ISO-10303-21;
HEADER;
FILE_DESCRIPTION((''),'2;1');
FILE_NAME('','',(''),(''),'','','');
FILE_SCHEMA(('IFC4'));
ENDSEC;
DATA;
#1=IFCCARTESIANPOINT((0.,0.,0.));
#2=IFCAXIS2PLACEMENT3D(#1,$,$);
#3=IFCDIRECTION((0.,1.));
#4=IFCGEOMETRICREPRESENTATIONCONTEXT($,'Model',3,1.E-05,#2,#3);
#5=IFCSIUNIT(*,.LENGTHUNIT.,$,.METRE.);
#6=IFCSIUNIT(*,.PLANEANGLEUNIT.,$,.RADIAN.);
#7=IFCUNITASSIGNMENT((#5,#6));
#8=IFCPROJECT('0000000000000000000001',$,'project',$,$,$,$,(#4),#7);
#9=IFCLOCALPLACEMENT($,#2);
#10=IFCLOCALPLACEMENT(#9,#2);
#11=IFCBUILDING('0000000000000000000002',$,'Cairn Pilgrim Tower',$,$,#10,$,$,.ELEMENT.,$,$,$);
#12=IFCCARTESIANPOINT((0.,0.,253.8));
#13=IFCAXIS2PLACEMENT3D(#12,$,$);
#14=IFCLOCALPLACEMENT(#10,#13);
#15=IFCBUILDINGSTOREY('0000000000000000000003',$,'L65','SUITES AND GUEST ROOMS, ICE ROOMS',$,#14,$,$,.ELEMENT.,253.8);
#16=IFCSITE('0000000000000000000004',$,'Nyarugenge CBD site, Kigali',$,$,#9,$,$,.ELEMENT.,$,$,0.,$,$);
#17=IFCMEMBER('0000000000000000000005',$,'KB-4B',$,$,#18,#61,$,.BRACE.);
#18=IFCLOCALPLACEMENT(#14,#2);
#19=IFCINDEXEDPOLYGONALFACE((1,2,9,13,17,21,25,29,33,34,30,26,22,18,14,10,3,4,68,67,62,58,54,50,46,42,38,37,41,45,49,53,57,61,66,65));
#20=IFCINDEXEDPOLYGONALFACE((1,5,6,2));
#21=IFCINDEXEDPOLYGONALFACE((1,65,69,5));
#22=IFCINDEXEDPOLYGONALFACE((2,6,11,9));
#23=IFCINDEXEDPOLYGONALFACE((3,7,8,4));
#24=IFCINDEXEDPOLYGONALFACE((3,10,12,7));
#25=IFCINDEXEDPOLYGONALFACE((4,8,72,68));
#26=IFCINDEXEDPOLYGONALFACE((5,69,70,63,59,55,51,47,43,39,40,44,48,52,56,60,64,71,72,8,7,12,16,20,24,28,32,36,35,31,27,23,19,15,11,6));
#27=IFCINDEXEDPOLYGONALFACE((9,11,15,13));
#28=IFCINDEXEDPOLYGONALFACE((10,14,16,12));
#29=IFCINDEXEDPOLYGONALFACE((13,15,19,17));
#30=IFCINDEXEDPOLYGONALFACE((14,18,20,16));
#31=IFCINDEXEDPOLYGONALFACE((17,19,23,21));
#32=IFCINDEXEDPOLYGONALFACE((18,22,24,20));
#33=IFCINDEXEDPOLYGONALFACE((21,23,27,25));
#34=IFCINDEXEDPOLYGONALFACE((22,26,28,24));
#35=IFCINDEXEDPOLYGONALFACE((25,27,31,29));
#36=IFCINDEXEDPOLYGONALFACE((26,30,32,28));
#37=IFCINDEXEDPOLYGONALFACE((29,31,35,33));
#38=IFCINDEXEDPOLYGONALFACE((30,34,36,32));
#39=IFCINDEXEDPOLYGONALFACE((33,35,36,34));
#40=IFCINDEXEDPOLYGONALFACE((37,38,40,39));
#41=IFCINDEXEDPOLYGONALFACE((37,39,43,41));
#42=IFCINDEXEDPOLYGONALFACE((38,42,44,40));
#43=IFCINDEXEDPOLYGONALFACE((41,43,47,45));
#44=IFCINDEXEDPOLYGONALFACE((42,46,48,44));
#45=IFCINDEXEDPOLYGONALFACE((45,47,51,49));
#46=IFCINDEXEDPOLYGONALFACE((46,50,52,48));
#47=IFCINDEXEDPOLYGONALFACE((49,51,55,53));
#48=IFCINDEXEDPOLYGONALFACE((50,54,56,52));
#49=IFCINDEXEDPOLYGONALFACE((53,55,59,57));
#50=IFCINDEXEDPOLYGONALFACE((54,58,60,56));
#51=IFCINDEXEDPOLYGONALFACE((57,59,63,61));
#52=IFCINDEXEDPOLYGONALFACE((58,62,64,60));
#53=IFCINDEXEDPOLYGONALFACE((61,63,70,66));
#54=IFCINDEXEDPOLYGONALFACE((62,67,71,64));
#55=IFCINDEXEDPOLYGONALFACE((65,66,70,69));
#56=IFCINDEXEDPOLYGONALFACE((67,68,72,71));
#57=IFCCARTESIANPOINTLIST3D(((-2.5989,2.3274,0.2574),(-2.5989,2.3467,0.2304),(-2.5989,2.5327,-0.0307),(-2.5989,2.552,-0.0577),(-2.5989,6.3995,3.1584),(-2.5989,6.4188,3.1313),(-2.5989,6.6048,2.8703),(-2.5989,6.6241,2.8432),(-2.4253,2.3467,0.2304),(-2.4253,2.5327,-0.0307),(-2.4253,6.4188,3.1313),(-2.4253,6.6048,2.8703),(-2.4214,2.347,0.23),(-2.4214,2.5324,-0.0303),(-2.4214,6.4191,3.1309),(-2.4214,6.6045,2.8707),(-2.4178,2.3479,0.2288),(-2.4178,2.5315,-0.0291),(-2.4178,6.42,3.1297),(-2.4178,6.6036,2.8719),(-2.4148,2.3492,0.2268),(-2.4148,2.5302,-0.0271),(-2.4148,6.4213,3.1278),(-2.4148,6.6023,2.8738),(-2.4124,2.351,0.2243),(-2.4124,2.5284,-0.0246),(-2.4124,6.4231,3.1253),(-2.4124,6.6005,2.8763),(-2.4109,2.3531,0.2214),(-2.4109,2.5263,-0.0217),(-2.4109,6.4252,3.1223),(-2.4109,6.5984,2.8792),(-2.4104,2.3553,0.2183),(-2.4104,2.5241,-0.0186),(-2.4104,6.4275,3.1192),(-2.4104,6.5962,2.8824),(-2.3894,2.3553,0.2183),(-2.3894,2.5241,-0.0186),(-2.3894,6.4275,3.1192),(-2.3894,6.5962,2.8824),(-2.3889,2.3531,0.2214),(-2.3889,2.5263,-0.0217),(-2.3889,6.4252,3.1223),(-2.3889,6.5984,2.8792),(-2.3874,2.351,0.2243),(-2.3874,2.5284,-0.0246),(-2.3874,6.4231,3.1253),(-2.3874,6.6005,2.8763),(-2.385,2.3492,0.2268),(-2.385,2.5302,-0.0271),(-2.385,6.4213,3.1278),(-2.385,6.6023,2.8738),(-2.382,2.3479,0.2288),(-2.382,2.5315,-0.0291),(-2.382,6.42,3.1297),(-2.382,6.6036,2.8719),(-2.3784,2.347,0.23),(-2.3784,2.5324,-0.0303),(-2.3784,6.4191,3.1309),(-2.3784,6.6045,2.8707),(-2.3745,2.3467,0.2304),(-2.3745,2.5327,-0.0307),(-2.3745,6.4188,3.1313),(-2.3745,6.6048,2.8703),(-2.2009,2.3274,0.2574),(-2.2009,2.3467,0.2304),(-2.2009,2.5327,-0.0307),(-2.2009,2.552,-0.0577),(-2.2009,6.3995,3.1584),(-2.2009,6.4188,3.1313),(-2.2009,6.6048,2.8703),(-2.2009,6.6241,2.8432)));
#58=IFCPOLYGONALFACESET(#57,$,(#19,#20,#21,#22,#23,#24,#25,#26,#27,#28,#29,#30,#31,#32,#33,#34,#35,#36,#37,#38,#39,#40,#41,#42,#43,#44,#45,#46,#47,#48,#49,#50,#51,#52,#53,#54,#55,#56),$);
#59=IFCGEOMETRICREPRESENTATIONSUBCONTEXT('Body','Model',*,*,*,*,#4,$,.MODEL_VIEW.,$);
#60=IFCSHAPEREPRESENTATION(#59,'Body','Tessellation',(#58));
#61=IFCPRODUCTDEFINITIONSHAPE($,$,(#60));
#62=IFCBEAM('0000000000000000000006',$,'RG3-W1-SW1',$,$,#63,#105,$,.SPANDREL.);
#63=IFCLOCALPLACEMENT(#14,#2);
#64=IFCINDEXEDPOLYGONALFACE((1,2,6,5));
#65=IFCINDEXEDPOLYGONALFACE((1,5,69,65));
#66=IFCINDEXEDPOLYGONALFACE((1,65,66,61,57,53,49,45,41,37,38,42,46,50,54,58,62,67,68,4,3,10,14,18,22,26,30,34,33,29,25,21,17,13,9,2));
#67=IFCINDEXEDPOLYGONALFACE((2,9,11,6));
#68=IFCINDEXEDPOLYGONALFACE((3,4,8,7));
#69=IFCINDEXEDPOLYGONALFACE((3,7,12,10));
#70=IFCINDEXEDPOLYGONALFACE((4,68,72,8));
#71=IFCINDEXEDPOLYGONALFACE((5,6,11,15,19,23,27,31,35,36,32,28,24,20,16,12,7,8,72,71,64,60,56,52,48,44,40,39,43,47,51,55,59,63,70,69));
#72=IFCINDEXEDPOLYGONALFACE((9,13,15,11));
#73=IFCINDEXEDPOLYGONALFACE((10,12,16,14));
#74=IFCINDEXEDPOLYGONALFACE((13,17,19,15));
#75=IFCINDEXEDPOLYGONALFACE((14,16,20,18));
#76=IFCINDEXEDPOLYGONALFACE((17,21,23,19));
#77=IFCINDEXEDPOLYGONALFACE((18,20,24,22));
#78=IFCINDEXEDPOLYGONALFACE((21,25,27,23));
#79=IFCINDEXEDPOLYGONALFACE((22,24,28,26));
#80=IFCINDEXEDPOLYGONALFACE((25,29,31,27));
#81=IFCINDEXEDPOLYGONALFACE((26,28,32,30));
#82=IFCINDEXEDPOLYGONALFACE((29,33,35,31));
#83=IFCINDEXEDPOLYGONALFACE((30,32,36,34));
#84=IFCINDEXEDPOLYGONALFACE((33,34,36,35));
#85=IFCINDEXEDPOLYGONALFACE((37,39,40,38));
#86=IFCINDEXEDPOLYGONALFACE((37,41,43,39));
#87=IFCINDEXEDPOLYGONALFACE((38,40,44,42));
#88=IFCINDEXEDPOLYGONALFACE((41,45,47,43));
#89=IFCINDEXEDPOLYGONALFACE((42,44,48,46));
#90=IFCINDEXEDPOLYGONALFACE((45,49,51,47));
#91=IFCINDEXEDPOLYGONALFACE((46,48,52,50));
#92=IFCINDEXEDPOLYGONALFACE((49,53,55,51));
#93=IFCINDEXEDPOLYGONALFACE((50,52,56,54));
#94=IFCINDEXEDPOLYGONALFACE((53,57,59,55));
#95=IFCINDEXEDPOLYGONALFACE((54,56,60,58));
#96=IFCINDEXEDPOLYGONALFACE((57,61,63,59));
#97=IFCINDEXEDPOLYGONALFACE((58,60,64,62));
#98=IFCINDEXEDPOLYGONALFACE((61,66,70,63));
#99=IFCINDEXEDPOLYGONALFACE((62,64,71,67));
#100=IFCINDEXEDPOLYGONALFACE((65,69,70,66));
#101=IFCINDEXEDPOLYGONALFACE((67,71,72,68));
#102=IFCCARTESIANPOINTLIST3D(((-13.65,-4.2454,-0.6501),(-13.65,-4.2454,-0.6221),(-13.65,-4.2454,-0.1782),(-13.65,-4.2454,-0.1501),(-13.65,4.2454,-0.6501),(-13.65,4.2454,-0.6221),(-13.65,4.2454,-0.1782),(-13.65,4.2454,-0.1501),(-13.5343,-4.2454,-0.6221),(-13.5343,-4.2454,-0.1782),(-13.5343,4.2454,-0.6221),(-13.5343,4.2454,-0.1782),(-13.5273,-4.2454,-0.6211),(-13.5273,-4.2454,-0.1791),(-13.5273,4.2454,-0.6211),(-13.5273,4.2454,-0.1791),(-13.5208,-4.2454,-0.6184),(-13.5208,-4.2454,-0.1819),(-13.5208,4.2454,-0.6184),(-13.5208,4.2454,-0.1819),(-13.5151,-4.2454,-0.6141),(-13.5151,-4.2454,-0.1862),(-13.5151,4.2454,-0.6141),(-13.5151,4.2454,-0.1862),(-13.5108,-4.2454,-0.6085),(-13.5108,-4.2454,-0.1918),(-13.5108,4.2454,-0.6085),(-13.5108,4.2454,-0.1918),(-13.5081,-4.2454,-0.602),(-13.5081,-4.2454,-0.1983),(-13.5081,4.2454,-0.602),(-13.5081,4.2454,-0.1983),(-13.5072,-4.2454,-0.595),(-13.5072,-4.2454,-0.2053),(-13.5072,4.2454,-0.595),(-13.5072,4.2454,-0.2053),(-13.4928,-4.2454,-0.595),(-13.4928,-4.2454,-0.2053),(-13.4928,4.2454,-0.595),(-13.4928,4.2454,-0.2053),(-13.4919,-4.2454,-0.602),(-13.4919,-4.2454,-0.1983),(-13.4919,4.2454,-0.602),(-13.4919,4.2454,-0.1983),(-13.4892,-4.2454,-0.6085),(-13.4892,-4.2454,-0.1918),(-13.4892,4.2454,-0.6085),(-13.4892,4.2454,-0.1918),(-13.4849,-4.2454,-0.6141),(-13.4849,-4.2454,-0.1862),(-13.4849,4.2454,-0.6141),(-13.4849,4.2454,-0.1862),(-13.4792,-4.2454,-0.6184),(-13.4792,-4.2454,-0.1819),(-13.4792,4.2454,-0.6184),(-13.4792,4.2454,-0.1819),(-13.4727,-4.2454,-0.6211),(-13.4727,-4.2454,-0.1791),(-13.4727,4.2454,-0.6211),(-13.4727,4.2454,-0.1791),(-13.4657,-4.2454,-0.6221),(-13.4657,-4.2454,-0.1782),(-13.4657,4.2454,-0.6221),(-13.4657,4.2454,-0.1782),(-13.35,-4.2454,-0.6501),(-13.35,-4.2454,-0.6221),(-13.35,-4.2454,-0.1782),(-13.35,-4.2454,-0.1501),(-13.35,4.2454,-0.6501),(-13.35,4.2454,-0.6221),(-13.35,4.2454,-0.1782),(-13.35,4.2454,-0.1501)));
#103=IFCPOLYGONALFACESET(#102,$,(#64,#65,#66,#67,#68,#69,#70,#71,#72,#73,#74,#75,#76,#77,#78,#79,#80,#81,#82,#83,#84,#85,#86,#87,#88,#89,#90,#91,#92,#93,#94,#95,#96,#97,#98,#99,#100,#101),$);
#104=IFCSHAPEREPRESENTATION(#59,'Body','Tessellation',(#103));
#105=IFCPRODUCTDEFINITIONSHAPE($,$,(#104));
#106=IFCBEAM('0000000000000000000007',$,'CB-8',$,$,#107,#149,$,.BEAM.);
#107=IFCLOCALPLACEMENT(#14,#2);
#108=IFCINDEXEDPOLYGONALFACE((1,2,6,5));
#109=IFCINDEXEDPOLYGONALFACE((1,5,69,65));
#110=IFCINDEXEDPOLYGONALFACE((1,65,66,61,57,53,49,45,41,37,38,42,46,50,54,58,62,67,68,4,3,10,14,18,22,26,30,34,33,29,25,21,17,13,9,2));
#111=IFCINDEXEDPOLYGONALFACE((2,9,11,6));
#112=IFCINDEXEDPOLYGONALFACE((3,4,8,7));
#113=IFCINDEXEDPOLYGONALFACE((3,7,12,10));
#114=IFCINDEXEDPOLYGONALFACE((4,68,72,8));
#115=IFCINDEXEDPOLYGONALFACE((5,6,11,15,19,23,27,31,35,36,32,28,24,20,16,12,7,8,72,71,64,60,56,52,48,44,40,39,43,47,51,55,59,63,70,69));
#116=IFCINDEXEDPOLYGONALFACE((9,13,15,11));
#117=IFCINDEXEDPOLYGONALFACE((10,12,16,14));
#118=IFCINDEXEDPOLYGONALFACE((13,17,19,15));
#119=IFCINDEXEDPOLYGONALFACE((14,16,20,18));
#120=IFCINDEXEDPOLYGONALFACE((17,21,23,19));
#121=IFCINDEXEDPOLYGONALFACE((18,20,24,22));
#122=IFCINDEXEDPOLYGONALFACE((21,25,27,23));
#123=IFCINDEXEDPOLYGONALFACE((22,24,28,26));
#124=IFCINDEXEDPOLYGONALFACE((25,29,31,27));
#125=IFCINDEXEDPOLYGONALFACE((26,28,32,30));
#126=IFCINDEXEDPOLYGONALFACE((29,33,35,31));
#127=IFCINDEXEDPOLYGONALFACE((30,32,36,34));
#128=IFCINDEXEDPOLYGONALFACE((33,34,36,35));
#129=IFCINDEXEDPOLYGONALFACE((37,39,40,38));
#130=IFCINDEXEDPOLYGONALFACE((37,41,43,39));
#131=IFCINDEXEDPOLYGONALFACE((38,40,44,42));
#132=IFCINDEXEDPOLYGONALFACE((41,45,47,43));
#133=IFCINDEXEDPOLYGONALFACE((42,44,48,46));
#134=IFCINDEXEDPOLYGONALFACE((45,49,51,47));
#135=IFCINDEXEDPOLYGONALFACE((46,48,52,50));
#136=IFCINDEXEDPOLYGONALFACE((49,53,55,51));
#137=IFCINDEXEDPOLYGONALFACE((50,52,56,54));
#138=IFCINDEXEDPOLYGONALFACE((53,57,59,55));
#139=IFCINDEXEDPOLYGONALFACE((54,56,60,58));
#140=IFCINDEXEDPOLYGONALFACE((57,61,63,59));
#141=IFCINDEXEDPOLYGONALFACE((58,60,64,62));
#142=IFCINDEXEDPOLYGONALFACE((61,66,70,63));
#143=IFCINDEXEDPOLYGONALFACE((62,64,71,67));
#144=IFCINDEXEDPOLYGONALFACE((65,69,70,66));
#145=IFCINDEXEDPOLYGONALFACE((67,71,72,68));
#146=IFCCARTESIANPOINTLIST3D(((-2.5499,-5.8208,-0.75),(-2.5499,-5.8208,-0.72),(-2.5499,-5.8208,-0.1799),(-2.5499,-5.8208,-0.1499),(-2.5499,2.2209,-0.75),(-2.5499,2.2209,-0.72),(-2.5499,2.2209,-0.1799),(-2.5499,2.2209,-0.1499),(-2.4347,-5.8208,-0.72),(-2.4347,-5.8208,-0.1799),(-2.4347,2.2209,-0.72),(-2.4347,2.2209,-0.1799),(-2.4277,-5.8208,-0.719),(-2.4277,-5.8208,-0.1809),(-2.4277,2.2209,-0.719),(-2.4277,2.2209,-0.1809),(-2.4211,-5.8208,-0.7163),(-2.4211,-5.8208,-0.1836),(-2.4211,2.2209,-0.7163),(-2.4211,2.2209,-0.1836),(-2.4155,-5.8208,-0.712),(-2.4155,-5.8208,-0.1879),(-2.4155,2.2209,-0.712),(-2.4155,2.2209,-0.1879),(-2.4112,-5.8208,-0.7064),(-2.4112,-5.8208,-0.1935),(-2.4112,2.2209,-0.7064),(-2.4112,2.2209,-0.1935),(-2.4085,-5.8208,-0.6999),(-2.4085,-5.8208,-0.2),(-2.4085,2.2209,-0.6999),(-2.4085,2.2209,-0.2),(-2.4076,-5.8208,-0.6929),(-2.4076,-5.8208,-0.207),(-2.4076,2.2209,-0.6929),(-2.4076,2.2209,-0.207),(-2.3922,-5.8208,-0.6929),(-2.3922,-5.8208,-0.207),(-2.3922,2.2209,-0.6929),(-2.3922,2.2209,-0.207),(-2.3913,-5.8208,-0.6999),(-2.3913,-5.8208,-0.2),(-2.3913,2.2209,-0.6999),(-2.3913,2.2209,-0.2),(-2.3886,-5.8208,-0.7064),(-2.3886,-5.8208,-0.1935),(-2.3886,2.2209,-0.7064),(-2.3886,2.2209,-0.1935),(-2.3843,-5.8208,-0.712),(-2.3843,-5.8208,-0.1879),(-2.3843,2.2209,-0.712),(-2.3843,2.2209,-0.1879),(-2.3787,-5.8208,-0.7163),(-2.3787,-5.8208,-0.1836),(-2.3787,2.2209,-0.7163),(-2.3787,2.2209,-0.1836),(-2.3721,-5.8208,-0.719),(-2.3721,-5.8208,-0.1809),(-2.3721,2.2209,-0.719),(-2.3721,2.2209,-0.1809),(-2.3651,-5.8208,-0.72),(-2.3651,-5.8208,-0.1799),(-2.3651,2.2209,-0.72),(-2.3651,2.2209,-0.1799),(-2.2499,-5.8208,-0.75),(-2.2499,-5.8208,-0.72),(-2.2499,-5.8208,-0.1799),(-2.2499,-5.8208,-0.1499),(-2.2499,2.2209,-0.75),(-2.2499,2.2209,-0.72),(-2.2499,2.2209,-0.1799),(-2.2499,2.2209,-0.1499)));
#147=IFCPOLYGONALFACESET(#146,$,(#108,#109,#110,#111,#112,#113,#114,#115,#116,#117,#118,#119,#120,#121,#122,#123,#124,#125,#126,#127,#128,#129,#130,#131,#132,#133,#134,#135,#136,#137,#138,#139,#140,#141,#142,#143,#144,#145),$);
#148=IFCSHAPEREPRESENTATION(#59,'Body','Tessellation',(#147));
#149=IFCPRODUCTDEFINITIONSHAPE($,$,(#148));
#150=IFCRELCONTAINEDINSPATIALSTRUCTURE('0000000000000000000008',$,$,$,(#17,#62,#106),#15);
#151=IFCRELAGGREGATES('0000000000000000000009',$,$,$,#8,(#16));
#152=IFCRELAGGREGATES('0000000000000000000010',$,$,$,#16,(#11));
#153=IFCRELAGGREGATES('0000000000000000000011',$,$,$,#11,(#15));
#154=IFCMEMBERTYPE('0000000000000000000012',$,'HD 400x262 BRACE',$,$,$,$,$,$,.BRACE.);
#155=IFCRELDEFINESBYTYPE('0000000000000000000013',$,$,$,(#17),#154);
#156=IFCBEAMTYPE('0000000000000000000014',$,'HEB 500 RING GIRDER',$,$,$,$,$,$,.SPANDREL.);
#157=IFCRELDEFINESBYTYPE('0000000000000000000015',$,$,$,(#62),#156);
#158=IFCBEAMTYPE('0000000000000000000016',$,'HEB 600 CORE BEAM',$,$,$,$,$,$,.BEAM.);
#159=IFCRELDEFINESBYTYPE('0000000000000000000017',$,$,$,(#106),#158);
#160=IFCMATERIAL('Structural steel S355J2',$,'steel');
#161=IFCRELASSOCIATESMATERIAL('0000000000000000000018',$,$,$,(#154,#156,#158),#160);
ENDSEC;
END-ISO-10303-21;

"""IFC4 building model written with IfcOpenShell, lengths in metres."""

from ifc_helpers import new_model, si_unit, direction, frame, origin, origin_2d, place, context, subcontext, project, spatial, i_section, extrude, material, material_profile, profile_set, type_object, element, save


model = new_model("IFC4")

# Units and contexts
model_context = context("Model", 3, precision=1e-05, world=origin(), true_north=direction((0.0, 1.0)))
body_context = subcontext(model_context, "Body", "Model", "MODEL_VIEW")
ifc_project = project(units=[si_unit("LENGTHUNIT", "METRE"), si_unit("PLANEANGLEUNIT", "RADIAN")], contexts=[model_context])

# Site, building, storey
site_placement = place(None, origin())
site = spatial("IfcSite", under=ifc_project, at=site_placement, Name="Nyarugenge CBD site, Kigali", CompositionType="ELEMENT", RefElevation=0.0)
building_placement = place(site_placement, origin())
building = spatial("IfcBuilding", under=site, at=building_placement, Name="Cairn Pilgrim Tower", CompositionType="ELEMENT")
storey_placement = place(building_placement, frame((0.0, 0.0, 253.8)))
storey = spatial("IfcBuildingStorey", under=building, at=storey_placement, Name="L65", Description="SUITES AND GUEST ROOMS, ICE ROOMS", CompositionType="ELEMENT", Elevation=253.8)

# Shared definitions
ifc_material_1 = material(Name="Structural steel S355J2", Category="steel")

# Member
ifc_material_profile_1 = material_profile(ifc_material_1, i_section(OverallWidth=0.3979, OverallDepth=0.387, WebThickness=0.021, FlangeThickness=0.0332, FilletRadius=0.0149, at=origin_2d()), Name="HD 400x262")
ifc_profile_set_1 = profile_set([ifc_material_profile_1], Name="Structural steel S355J2")
member_type_1 = type_object("IfcMemberType", Name="HD 400x262 BRACE", PredefinedType="BRACE", material=ifc_profile_set_1)
member_1_placement = place(storey_placement, frame((-2.3999, 2.4397, 0.0999), z_axis=(0.0, 0.814462, 0.580217), x_axis=(-1.0, 0.0, 0.0)))
element("IfcMember", 1, at=member_1_placement, inside=storey, type_object=member_type_1, Name="KB-4B", PredefinedType="BRACE", context=body_context, shape_type="SweptSolid", body=[
    extrude(i_section(OverallWidth=0.3979, OverallDepth=0.387, WebThickness=0.021, FlangeThickness=0.0332, FilletRadius=0.0149, at=origin_2d()), origin(), (0.0, 0.0, 1.0), 4.9998),
])

# Beams
ifc_material_profile_2 = material_profile(ifc_material_1, i_section(OverallWidth=0.3, OverallDepth=0.5, WebThickness=0.0144, FlangeThickness=0.0281, FilletRadius=0.0271, at=origin_2d()), Name="HEB 500")
ifc_profile_set_2 = profile_set([ifc_material_profile_2], Name="Structural steel S355J2")
beam_type_1 = type_object("IfcBeamType", Name="HEB 500 RING GIRDER", PredefinedType="SPANDREL", material=ifc_profile_set_2)
beam_1_placement = place(storey_placement, frame((-13.5, 4.2454, -0.4001), z_axis=(0.0, -1.0, 0.0), x_axis=(1.0, 0.0, 0.0)))
element("IfcBeam", 2, at=beam_1_placement, inside=storey, type_object=beam_type_1, Name="RG3-W1-SW1", PredefinedType="SPANDREL", context=body_context, shape_type="SweptSolid", body=[
    extrude(i_section(OverallWidth=0.3, OverallDepth=0.5, WebThickness=0.0144, FlangeThickness=0.0281, FilletRadius=0.0271, at=origin_2d()), origin(), (0.0, 0.0, 1.0), 8.4907),
])
ifc_material_profile_3 = material_profile(ifc_material_1, i_section(OverallWidth=0.3, OverallDepth=0.6001, WebThickness=0.0154, FlangeThickness=0.03, FilletRadius=0.0271, at=origin_2d()), Name="HEB 600")
ifc_profile_set_3 = profile_set([ifc_material_profile_3], Name="Structural steel S355J2")
beam_type_2 = type_object("IfcBeamType", Name="HEB 600 CORE BEAM", PredefinedType="BEAM", material=ifc_profile_set_3)
beam_2_placement = place(storey_placement, frame((-2.3999, 2.2209, -0.45), z_axis=(0.0, -1.0, 0.0), x_axis=(1.0, 0.0, 0.0)))
element("IfcBeam", 3, at=beam_2_placement, inside=storey, type_object=beam_type_2, Name="CB-8", PredefinedType="BEAM", context=body_context, shape_type="SweptSolid", body=[
    extrude(i_section(OverallWidth=0.3, OverallDepth=0.6001, WebThickness=0.0154, FlangeThickness=0.03, FilletRadius=0.0271, at=origin_2d()), origin(), (0.0, 0.0, 1.0), 8.0417),
])

save(model, "model.ifc")
